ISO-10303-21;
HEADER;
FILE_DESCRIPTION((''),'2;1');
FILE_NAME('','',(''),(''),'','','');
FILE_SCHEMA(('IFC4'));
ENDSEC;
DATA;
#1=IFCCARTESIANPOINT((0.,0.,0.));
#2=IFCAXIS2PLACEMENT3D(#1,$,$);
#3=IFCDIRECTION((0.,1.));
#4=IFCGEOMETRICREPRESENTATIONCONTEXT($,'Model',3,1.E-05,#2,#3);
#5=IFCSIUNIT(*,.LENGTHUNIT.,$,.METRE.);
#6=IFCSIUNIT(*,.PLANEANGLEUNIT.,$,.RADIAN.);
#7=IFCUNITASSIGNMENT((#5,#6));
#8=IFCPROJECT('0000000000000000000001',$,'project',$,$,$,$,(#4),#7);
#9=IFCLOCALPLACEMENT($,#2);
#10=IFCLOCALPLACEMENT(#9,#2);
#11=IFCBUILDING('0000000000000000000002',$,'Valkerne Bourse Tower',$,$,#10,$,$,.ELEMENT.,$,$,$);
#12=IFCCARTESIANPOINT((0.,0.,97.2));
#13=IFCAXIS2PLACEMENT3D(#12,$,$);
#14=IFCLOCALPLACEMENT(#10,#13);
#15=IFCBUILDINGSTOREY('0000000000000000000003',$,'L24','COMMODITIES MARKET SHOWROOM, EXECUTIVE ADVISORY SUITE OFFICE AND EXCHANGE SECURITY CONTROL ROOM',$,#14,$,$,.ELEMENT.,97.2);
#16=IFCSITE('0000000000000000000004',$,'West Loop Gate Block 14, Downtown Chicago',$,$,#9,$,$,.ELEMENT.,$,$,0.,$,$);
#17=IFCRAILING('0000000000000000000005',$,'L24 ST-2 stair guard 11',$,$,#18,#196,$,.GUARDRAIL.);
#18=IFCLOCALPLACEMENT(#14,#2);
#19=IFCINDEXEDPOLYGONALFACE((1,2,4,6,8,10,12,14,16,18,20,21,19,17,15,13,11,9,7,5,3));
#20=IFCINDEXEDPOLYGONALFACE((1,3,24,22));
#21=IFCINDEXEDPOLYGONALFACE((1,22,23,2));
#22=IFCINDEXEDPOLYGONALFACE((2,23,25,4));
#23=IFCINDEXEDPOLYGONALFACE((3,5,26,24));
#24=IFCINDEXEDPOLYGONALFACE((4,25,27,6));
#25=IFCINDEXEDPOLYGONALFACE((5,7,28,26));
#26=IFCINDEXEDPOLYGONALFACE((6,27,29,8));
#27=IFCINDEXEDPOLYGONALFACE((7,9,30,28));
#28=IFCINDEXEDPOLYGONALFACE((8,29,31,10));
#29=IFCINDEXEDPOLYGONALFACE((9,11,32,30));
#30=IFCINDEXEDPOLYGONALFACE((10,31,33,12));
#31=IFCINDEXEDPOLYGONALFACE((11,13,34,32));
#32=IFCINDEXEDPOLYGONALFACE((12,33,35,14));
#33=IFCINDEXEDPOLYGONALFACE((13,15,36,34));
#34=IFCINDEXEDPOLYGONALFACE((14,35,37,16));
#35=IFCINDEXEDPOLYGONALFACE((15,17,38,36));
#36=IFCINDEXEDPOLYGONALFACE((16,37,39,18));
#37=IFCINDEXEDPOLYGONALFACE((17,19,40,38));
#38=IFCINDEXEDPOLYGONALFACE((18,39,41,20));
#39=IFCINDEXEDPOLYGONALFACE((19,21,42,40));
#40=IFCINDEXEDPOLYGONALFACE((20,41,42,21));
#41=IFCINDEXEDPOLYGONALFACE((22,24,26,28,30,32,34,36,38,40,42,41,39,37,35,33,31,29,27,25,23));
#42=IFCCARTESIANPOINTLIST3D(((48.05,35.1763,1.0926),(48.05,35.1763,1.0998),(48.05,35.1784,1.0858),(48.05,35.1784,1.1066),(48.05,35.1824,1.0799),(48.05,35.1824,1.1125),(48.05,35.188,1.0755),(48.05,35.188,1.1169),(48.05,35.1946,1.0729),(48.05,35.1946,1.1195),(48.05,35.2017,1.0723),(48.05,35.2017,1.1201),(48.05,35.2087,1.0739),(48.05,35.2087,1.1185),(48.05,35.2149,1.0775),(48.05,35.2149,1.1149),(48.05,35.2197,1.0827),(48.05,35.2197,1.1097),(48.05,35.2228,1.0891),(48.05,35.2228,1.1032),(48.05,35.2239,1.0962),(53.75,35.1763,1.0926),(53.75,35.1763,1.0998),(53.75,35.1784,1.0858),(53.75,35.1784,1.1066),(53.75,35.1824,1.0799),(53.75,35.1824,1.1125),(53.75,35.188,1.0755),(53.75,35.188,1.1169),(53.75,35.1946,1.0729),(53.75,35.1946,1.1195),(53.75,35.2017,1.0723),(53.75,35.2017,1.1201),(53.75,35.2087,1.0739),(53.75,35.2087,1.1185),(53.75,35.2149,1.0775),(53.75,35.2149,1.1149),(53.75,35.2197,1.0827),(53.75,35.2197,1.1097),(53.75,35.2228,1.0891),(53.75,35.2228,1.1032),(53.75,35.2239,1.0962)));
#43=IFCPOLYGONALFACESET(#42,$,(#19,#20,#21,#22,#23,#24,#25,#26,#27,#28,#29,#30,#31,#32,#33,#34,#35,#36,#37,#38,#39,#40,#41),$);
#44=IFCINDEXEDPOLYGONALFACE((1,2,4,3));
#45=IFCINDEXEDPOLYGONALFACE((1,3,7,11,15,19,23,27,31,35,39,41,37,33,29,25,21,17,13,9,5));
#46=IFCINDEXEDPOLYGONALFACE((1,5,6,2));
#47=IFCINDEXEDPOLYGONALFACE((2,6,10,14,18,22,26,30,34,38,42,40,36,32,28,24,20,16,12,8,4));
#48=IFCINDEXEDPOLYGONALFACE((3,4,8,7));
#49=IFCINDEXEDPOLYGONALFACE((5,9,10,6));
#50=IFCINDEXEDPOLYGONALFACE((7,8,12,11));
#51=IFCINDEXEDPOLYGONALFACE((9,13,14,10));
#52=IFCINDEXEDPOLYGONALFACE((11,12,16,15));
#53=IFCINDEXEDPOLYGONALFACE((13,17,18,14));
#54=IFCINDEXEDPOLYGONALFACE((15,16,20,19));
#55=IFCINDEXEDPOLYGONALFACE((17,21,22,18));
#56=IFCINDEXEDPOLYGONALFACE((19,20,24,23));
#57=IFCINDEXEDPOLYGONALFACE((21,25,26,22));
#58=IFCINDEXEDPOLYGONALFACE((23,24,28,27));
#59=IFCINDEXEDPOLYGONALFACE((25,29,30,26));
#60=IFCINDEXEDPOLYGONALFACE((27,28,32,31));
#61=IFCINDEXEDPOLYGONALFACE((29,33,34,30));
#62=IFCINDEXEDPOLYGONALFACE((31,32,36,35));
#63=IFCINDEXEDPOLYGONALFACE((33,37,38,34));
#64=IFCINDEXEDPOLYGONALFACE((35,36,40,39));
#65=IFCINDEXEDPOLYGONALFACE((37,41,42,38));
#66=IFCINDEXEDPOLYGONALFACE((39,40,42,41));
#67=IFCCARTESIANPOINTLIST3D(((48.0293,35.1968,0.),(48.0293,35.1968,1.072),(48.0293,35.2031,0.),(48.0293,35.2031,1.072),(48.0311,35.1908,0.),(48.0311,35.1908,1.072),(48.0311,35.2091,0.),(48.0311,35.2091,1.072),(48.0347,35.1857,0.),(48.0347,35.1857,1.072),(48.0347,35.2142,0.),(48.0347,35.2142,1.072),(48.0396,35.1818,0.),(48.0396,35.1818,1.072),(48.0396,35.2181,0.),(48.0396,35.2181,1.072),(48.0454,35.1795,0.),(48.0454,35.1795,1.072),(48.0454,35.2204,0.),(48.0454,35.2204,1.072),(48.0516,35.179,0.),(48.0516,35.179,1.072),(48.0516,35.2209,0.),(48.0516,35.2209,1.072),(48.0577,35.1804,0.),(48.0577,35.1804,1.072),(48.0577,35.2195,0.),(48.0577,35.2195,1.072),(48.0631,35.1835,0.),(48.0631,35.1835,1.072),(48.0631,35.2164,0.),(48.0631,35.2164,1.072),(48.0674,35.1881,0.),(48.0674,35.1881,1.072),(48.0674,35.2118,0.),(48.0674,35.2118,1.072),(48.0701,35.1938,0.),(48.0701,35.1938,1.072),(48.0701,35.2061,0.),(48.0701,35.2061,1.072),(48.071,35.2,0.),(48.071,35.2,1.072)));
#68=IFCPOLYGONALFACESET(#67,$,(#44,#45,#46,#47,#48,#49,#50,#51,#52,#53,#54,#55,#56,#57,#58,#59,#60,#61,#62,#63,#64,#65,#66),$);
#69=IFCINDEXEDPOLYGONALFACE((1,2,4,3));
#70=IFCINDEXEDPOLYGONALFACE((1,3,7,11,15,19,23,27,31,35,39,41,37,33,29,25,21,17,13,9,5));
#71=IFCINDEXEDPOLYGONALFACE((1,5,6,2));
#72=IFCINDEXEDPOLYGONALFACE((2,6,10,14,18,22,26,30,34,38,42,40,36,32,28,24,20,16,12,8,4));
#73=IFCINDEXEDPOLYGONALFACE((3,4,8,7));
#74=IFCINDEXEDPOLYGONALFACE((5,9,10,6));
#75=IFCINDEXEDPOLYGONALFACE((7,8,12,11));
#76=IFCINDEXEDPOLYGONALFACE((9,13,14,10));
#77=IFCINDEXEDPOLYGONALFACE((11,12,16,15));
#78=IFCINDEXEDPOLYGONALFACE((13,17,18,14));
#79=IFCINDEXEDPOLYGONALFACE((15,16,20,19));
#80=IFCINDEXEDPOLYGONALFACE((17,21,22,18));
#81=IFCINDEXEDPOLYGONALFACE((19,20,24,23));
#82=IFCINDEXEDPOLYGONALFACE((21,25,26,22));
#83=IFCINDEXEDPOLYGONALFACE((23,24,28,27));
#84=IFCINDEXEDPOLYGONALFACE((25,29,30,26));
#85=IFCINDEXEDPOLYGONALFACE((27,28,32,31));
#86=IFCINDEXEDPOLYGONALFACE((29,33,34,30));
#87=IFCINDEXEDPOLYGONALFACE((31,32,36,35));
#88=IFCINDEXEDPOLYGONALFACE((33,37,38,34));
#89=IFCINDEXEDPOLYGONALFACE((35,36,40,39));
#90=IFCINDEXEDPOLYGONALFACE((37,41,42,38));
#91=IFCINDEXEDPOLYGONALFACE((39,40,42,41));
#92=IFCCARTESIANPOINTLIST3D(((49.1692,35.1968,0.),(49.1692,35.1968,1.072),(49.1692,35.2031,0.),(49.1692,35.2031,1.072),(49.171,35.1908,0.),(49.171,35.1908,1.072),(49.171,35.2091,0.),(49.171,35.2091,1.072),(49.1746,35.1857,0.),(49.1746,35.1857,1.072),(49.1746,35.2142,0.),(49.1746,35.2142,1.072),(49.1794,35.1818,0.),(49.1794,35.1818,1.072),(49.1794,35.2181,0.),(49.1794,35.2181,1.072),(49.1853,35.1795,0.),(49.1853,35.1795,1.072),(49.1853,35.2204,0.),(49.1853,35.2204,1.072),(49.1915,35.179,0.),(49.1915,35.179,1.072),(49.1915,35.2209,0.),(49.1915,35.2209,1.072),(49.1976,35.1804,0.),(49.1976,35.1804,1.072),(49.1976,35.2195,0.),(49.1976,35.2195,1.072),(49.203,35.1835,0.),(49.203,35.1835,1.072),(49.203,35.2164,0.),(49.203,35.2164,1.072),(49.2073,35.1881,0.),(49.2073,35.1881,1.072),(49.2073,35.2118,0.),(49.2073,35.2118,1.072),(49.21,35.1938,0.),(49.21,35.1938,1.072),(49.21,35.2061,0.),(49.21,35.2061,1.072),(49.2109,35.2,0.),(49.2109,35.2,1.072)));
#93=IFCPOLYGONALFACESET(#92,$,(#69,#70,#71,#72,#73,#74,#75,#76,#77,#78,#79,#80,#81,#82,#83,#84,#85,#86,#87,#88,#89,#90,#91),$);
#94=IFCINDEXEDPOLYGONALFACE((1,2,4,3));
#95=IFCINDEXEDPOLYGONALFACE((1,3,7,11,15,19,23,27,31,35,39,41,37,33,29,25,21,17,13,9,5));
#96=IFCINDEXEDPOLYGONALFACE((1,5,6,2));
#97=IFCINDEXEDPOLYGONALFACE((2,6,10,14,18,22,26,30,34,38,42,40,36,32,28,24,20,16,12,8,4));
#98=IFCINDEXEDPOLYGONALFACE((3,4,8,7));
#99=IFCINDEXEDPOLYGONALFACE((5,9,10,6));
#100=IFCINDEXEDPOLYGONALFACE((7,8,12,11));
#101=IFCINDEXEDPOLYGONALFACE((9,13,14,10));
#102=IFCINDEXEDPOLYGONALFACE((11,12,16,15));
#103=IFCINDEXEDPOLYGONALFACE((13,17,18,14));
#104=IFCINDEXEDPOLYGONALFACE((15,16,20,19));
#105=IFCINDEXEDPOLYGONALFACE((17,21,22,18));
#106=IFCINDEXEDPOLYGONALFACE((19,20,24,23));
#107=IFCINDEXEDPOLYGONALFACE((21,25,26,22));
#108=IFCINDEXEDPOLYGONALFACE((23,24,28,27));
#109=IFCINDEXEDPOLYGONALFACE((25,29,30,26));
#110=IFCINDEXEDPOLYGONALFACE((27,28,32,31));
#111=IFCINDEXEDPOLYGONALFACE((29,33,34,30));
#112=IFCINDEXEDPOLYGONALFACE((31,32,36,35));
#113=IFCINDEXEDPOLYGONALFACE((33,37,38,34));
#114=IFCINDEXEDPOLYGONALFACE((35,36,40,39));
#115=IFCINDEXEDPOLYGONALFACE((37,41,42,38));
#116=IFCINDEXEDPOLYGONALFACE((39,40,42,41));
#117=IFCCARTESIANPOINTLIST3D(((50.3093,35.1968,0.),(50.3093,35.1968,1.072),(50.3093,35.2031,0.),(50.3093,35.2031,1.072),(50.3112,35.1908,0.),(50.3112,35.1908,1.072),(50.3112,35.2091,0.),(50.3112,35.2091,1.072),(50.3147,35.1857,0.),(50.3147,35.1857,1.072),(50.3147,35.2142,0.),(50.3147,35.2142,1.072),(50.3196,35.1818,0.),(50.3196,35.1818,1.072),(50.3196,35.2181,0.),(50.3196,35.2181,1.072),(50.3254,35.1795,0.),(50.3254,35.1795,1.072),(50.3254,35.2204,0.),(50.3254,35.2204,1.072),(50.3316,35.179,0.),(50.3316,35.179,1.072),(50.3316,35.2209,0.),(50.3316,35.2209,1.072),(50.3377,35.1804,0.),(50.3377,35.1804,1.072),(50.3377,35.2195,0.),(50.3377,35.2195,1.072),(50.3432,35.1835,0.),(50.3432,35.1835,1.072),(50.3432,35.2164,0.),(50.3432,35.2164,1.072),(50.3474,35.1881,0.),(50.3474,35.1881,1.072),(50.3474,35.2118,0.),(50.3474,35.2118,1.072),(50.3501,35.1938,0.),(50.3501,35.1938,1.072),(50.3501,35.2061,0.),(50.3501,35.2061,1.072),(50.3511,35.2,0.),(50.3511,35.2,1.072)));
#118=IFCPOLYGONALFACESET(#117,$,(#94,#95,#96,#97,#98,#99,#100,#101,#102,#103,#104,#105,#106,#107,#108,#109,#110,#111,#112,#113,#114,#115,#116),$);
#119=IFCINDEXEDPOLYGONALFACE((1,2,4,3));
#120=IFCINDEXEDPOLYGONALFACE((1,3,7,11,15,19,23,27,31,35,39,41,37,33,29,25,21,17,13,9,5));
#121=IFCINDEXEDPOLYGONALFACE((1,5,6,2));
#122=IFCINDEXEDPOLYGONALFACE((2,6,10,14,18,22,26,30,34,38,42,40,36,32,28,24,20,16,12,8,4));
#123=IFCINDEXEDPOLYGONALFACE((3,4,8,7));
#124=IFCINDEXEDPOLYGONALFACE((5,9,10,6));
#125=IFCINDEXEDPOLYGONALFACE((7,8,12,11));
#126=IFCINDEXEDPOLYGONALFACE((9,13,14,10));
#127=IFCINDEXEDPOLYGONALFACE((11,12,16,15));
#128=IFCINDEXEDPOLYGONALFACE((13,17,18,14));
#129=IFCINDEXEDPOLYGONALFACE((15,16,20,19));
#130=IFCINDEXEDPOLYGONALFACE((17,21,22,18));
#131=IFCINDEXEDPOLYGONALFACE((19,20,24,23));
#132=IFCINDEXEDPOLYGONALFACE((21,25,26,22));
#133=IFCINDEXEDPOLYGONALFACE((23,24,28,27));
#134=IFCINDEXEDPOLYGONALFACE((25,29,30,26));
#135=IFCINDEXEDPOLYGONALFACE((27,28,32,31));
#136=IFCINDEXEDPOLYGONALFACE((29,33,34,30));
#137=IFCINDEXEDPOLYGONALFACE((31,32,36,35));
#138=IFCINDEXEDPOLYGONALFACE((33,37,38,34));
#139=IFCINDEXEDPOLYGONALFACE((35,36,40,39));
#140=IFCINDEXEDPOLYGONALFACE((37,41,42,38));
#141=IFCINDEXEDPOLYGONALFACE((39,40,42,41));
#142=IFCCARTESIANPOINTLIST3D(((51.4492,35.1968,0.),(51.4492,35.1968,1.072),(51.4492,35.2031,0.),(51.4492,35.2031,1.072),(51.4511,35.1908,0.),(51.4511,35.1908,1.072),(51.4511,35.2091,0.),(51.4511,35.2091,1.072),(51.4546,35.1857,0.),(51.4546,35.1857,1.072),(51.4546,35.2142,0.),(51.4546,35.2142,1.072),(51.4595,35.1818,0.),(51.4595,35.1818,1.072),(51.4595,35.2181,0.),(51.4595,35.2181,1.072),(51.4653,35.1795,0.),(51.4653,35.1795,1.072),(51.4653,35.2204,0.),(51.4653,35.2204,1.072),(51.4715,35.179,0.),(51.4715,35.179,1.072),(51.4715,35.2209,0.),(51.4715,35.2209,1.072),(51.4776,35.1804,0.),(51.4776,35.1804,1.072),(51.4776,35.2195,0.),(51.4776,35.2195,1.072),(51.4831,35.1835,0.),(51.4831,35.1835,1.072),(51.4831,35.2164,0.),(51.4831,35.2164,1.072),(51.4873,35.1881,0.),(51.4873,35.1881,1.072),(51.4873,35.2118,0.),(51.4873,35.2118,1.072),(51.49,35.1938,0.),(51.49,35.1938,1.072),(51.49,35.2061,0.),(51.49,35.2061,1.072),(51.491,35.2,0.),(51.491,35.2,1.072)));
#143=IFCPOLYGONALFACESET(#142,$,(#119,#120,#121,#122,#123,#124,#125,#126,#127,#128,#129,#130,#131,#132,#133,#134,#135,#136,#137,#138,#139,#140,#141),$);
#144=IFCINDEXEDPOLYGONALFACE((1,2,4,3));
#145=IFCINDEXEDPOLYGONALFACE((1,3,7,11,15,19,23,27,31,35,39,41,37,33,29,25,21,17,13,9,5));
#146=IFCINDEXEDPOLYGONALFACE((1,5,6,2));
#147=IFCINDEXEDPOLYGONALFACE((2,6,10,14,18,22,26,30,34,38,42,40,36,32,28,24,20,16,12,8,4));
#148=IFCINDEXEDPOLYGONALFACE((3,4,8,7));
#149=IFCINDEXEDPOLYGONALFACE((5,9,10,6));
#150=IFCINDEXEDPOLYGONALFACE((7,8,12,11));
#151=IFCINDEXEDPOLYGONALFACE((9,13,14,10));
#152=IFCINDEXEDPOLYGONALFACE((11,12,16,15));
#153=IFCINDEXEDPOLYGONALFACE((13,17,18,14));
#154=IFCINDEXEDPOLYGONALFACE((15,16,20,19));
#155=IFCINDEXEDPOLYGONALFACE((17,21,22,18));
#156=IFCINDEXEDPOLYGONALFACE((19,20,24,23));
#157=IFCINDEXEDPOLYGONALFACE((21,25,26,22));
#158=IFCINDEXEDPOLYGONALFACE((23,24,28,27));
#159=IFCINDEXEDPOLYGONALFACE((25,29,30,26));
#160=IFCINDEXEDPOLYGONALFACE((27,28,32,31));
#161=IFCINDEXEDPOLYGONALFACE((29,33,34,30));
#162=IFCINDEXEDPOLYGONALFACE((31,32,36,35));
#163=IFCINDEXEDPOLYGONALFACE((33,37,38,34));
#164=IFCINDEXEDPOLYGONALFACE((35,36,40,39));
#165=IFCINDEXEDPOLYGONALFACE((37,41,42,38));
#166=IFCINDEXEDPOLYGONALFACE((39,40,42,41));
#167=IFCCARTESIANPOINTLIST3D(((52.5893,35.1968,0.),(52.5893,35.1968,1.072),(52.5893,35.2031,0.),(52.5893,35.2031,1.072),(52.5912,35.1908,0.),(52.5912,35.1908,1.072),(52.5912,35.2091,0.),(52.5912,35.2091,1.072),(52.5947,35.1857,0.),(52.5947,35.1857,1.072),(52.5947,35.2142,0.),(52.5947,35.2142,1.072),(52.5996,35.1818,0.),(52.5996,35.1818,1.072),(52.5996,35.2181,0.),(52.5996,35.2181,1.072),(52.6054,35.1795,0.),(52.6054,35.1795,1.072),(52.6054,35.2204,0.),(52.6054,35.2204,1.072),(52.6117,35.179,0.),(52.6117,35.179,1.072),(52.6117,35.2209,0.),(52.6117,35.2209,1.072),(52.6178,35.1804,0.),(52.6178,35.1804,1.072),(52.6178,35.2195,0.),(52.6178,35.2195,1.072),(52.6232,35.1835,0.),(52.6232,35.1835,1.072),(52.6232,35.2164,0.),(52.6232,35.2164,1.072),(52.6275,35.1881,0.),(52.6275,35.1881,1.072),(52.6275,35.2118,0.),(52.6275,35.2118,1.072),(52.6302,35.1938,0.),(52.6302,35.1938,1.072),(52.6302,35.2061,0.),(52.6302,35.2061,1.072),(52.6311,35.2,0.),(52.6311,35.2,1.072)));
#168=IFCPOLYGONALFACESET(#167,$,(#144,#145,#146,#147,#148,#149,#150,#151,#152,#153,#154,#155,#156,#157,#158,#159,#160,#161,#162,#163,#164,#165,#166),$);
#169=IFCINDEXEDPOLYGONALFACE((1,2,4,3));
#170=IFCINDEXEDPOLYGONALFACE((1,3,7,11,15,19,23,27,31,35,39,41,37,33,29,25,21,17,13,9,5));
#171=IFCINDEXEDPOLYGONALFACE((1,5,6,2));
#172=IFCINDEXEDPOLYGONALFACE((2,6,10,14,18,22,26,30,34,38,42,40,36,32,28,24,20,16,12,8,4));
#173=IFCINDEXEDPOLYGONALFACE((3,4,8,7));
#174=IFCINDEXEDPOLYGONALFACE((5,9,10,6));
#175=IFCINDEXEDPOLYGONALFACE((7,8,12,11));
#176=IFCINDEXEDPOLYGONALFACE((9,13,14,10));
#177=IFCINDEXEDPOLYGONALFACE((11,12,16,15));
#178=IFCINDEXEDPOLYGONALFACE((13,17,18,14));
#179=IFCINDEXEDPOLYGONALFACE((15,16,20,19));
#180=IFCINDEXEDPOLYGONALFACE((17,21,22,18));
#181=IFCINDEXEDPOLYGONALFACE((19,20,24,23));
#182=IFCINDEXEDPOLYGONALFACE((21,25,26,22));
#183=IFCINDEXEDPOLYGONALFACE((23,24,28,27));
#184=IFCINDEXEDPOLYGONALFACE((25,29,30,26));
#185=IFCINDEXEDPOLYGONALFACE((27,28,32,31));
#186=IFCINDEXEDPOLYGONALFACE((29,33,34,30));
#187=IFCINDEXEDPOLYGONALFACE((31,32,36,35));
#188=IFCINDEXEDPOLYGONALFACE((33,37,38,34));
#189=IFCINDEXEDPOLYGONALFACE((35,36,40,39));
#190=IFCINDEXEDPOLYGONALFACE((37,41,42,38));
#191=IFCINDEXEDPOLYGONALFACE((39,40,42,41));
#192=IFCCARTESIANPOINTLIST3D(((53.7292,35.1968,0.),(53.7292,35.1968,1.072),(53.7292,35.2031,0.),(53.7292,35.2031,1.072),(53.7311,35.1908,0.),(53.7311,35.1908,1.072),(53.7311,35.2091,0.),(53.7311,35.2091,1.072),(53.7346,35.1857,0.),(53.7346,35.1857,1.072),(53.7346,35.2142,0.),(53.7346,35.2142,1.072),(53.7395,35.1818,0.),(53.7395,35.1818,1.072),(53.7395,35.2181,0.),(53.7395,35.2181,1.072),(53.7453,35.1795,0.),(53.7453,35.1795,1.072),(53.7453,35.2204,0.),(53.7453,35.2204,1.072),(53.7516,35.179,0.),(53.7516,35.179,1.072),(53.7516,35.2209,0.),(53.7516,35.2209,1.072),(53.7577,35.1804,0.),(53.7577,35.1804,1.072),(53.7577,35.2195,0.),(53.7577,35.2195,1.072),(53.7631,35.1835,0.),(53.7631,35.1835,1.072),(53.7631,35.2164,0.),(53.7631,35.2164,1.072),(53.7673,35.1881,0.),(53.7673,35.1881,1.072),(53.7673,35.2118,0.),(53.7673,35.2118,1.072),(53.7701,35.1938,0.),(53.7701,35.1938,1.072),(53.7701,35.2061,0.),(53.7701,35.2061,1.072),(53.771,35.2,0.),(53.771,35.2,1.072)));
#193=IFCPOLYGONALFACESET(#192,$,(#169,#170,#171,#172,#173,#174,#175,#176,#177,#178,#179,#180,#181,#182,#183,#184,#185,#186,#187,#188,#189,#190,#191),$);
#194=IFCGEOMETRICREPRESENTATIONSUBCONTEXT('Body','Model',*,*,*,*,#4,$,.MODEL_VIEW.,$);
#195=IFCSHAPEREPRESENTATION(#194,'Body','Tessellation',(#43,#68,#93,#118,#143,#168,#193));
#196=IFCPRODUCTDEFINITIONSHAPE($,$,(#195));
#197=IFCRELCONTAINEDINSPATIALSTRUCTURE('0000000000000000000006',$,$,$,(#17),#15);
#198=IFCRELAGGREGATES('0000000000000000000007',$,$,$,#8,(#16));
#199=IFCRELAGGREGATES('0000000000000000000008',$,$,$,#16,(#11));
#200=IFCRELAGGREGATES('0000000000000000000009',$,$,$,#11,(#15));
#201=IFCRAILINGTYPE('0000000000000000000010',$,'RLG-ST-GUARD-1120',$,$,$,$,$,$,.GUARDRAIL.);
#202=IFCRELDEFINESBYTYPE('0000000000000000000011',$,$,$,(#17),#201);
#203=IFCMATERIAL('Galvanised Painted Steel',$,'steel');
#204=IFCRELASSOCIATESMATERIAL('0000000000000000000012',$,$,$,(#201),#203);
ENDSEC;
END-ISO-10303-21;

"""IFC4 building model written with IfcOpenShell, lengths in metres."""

from ifc_helpers import new_model, si_unit, direction, frame, origin, origin_2d, place, context, subcontext, project, spatial, circle, extrude, material, type_object, element, save


model = new_model("IFC4")

# Units and contexts
model_context = context("Model", 3, precision=1e-05, world=origin(), true_north=direction((0.0, 1.0)))
body_context = subcontext(model_context, "Body", "Model", "MODEL_VIEW")
ifc_project = project(units=[si_unit("LENGTHUNIT", "METRE"), si_unit("PLANEANGLEUNIT", "RADIAN")], contexts=[model_context])

# Site, building, storey
site_placement = place(None, origin())
site = spatial("IfcSite", under=ifc_project, at=site_placement, Name="West Loop Gate Block 14, Downtown Chicago", CompositionType="ELEMENT", RefElevation=0.0)
building_placement = place(site_placement, origin())
building = spatial("IfcBuilding", under=site, at=building_placement, Name="Valkerne Bourse Tower", CompositionType="ELEMENT")
storey_placement = place(building_placement, frame((0.0, 0.0, 97.2)))
storey = spatial("IfcBuildingStorey", under=building, at=storey_placement, Name="L24", Description="COMMODITIES MARKET SHOWROOM, EXECUTIVE ADVISORY SUITE OFFICE AND EXCHANGE SECURITY CONTROL ROOM", CompositionType="ELEMENT", Elevation=97.2)

# Shared definitions
ifc_material_1 = material(Name="Galvanised Painted Steel", Category="steel")

# Railing
railing_type_1 = type_object("IfcRailingType", Name="RLG-ST-GUARD-1120", PredefinedType="GUARDRAIL", material=ifc_material_1)
for number, where, name in (
    (1, (48.05, 35.2, 0.0), "L24 ST-2 stair guard 11"),
):
    element("IfcRailing", number, at=place(storey_placement, frame(where)), inside=storey, type_object=railing_type_1, Name=name, PredefinedType="GUARDRAIL", context=body_context, shape_type="SweptSolid", body=[
        extrude(circle(Radius=0.0239, at=origin_2d()), frame((0.0, 0.0, 1.0962), z_axis=(1.0, 0.0, 0.0), x_axis=(0.0, 1.0, 0.0)), (0.0, 0.0, 1.0), 5.7),
        extrude(circle(Radius=0.021, at=origin_2d()), origin(), (0.0, 0.0, 1.0), 1.072),
        extrude(circle(Radius=0.021, at=origin_2d()), frame((1.1399, 0.0, 0.0)), (0.0, 0.0, 1.0), 1.072),
        extrude(circle(Radius=0.021, at=origin_2d()), frame((2.28, 0.0, 0.0)), (0.0, 0.0, 1.0), 1.072),
        extrude(circle(Radius=0.021, at=origin_2d()), frame((3.4199, 0.0, 0.0)), (0.0, 0.0, 1.0), 1.072),
        extrude(circle(Radius=0.021, at=origin_2d()), frame((4.5601, 0.0, 0.0)), (0.0, 0.0, 1.0), 1.072),
        extrude(circle(Radius=0.021, at=origin_2d()), frame((5.7, 0.0, 0.0)), (0.0, 0.0, 1.0), 1.072),
    ])

save(model, "model.ifc")
